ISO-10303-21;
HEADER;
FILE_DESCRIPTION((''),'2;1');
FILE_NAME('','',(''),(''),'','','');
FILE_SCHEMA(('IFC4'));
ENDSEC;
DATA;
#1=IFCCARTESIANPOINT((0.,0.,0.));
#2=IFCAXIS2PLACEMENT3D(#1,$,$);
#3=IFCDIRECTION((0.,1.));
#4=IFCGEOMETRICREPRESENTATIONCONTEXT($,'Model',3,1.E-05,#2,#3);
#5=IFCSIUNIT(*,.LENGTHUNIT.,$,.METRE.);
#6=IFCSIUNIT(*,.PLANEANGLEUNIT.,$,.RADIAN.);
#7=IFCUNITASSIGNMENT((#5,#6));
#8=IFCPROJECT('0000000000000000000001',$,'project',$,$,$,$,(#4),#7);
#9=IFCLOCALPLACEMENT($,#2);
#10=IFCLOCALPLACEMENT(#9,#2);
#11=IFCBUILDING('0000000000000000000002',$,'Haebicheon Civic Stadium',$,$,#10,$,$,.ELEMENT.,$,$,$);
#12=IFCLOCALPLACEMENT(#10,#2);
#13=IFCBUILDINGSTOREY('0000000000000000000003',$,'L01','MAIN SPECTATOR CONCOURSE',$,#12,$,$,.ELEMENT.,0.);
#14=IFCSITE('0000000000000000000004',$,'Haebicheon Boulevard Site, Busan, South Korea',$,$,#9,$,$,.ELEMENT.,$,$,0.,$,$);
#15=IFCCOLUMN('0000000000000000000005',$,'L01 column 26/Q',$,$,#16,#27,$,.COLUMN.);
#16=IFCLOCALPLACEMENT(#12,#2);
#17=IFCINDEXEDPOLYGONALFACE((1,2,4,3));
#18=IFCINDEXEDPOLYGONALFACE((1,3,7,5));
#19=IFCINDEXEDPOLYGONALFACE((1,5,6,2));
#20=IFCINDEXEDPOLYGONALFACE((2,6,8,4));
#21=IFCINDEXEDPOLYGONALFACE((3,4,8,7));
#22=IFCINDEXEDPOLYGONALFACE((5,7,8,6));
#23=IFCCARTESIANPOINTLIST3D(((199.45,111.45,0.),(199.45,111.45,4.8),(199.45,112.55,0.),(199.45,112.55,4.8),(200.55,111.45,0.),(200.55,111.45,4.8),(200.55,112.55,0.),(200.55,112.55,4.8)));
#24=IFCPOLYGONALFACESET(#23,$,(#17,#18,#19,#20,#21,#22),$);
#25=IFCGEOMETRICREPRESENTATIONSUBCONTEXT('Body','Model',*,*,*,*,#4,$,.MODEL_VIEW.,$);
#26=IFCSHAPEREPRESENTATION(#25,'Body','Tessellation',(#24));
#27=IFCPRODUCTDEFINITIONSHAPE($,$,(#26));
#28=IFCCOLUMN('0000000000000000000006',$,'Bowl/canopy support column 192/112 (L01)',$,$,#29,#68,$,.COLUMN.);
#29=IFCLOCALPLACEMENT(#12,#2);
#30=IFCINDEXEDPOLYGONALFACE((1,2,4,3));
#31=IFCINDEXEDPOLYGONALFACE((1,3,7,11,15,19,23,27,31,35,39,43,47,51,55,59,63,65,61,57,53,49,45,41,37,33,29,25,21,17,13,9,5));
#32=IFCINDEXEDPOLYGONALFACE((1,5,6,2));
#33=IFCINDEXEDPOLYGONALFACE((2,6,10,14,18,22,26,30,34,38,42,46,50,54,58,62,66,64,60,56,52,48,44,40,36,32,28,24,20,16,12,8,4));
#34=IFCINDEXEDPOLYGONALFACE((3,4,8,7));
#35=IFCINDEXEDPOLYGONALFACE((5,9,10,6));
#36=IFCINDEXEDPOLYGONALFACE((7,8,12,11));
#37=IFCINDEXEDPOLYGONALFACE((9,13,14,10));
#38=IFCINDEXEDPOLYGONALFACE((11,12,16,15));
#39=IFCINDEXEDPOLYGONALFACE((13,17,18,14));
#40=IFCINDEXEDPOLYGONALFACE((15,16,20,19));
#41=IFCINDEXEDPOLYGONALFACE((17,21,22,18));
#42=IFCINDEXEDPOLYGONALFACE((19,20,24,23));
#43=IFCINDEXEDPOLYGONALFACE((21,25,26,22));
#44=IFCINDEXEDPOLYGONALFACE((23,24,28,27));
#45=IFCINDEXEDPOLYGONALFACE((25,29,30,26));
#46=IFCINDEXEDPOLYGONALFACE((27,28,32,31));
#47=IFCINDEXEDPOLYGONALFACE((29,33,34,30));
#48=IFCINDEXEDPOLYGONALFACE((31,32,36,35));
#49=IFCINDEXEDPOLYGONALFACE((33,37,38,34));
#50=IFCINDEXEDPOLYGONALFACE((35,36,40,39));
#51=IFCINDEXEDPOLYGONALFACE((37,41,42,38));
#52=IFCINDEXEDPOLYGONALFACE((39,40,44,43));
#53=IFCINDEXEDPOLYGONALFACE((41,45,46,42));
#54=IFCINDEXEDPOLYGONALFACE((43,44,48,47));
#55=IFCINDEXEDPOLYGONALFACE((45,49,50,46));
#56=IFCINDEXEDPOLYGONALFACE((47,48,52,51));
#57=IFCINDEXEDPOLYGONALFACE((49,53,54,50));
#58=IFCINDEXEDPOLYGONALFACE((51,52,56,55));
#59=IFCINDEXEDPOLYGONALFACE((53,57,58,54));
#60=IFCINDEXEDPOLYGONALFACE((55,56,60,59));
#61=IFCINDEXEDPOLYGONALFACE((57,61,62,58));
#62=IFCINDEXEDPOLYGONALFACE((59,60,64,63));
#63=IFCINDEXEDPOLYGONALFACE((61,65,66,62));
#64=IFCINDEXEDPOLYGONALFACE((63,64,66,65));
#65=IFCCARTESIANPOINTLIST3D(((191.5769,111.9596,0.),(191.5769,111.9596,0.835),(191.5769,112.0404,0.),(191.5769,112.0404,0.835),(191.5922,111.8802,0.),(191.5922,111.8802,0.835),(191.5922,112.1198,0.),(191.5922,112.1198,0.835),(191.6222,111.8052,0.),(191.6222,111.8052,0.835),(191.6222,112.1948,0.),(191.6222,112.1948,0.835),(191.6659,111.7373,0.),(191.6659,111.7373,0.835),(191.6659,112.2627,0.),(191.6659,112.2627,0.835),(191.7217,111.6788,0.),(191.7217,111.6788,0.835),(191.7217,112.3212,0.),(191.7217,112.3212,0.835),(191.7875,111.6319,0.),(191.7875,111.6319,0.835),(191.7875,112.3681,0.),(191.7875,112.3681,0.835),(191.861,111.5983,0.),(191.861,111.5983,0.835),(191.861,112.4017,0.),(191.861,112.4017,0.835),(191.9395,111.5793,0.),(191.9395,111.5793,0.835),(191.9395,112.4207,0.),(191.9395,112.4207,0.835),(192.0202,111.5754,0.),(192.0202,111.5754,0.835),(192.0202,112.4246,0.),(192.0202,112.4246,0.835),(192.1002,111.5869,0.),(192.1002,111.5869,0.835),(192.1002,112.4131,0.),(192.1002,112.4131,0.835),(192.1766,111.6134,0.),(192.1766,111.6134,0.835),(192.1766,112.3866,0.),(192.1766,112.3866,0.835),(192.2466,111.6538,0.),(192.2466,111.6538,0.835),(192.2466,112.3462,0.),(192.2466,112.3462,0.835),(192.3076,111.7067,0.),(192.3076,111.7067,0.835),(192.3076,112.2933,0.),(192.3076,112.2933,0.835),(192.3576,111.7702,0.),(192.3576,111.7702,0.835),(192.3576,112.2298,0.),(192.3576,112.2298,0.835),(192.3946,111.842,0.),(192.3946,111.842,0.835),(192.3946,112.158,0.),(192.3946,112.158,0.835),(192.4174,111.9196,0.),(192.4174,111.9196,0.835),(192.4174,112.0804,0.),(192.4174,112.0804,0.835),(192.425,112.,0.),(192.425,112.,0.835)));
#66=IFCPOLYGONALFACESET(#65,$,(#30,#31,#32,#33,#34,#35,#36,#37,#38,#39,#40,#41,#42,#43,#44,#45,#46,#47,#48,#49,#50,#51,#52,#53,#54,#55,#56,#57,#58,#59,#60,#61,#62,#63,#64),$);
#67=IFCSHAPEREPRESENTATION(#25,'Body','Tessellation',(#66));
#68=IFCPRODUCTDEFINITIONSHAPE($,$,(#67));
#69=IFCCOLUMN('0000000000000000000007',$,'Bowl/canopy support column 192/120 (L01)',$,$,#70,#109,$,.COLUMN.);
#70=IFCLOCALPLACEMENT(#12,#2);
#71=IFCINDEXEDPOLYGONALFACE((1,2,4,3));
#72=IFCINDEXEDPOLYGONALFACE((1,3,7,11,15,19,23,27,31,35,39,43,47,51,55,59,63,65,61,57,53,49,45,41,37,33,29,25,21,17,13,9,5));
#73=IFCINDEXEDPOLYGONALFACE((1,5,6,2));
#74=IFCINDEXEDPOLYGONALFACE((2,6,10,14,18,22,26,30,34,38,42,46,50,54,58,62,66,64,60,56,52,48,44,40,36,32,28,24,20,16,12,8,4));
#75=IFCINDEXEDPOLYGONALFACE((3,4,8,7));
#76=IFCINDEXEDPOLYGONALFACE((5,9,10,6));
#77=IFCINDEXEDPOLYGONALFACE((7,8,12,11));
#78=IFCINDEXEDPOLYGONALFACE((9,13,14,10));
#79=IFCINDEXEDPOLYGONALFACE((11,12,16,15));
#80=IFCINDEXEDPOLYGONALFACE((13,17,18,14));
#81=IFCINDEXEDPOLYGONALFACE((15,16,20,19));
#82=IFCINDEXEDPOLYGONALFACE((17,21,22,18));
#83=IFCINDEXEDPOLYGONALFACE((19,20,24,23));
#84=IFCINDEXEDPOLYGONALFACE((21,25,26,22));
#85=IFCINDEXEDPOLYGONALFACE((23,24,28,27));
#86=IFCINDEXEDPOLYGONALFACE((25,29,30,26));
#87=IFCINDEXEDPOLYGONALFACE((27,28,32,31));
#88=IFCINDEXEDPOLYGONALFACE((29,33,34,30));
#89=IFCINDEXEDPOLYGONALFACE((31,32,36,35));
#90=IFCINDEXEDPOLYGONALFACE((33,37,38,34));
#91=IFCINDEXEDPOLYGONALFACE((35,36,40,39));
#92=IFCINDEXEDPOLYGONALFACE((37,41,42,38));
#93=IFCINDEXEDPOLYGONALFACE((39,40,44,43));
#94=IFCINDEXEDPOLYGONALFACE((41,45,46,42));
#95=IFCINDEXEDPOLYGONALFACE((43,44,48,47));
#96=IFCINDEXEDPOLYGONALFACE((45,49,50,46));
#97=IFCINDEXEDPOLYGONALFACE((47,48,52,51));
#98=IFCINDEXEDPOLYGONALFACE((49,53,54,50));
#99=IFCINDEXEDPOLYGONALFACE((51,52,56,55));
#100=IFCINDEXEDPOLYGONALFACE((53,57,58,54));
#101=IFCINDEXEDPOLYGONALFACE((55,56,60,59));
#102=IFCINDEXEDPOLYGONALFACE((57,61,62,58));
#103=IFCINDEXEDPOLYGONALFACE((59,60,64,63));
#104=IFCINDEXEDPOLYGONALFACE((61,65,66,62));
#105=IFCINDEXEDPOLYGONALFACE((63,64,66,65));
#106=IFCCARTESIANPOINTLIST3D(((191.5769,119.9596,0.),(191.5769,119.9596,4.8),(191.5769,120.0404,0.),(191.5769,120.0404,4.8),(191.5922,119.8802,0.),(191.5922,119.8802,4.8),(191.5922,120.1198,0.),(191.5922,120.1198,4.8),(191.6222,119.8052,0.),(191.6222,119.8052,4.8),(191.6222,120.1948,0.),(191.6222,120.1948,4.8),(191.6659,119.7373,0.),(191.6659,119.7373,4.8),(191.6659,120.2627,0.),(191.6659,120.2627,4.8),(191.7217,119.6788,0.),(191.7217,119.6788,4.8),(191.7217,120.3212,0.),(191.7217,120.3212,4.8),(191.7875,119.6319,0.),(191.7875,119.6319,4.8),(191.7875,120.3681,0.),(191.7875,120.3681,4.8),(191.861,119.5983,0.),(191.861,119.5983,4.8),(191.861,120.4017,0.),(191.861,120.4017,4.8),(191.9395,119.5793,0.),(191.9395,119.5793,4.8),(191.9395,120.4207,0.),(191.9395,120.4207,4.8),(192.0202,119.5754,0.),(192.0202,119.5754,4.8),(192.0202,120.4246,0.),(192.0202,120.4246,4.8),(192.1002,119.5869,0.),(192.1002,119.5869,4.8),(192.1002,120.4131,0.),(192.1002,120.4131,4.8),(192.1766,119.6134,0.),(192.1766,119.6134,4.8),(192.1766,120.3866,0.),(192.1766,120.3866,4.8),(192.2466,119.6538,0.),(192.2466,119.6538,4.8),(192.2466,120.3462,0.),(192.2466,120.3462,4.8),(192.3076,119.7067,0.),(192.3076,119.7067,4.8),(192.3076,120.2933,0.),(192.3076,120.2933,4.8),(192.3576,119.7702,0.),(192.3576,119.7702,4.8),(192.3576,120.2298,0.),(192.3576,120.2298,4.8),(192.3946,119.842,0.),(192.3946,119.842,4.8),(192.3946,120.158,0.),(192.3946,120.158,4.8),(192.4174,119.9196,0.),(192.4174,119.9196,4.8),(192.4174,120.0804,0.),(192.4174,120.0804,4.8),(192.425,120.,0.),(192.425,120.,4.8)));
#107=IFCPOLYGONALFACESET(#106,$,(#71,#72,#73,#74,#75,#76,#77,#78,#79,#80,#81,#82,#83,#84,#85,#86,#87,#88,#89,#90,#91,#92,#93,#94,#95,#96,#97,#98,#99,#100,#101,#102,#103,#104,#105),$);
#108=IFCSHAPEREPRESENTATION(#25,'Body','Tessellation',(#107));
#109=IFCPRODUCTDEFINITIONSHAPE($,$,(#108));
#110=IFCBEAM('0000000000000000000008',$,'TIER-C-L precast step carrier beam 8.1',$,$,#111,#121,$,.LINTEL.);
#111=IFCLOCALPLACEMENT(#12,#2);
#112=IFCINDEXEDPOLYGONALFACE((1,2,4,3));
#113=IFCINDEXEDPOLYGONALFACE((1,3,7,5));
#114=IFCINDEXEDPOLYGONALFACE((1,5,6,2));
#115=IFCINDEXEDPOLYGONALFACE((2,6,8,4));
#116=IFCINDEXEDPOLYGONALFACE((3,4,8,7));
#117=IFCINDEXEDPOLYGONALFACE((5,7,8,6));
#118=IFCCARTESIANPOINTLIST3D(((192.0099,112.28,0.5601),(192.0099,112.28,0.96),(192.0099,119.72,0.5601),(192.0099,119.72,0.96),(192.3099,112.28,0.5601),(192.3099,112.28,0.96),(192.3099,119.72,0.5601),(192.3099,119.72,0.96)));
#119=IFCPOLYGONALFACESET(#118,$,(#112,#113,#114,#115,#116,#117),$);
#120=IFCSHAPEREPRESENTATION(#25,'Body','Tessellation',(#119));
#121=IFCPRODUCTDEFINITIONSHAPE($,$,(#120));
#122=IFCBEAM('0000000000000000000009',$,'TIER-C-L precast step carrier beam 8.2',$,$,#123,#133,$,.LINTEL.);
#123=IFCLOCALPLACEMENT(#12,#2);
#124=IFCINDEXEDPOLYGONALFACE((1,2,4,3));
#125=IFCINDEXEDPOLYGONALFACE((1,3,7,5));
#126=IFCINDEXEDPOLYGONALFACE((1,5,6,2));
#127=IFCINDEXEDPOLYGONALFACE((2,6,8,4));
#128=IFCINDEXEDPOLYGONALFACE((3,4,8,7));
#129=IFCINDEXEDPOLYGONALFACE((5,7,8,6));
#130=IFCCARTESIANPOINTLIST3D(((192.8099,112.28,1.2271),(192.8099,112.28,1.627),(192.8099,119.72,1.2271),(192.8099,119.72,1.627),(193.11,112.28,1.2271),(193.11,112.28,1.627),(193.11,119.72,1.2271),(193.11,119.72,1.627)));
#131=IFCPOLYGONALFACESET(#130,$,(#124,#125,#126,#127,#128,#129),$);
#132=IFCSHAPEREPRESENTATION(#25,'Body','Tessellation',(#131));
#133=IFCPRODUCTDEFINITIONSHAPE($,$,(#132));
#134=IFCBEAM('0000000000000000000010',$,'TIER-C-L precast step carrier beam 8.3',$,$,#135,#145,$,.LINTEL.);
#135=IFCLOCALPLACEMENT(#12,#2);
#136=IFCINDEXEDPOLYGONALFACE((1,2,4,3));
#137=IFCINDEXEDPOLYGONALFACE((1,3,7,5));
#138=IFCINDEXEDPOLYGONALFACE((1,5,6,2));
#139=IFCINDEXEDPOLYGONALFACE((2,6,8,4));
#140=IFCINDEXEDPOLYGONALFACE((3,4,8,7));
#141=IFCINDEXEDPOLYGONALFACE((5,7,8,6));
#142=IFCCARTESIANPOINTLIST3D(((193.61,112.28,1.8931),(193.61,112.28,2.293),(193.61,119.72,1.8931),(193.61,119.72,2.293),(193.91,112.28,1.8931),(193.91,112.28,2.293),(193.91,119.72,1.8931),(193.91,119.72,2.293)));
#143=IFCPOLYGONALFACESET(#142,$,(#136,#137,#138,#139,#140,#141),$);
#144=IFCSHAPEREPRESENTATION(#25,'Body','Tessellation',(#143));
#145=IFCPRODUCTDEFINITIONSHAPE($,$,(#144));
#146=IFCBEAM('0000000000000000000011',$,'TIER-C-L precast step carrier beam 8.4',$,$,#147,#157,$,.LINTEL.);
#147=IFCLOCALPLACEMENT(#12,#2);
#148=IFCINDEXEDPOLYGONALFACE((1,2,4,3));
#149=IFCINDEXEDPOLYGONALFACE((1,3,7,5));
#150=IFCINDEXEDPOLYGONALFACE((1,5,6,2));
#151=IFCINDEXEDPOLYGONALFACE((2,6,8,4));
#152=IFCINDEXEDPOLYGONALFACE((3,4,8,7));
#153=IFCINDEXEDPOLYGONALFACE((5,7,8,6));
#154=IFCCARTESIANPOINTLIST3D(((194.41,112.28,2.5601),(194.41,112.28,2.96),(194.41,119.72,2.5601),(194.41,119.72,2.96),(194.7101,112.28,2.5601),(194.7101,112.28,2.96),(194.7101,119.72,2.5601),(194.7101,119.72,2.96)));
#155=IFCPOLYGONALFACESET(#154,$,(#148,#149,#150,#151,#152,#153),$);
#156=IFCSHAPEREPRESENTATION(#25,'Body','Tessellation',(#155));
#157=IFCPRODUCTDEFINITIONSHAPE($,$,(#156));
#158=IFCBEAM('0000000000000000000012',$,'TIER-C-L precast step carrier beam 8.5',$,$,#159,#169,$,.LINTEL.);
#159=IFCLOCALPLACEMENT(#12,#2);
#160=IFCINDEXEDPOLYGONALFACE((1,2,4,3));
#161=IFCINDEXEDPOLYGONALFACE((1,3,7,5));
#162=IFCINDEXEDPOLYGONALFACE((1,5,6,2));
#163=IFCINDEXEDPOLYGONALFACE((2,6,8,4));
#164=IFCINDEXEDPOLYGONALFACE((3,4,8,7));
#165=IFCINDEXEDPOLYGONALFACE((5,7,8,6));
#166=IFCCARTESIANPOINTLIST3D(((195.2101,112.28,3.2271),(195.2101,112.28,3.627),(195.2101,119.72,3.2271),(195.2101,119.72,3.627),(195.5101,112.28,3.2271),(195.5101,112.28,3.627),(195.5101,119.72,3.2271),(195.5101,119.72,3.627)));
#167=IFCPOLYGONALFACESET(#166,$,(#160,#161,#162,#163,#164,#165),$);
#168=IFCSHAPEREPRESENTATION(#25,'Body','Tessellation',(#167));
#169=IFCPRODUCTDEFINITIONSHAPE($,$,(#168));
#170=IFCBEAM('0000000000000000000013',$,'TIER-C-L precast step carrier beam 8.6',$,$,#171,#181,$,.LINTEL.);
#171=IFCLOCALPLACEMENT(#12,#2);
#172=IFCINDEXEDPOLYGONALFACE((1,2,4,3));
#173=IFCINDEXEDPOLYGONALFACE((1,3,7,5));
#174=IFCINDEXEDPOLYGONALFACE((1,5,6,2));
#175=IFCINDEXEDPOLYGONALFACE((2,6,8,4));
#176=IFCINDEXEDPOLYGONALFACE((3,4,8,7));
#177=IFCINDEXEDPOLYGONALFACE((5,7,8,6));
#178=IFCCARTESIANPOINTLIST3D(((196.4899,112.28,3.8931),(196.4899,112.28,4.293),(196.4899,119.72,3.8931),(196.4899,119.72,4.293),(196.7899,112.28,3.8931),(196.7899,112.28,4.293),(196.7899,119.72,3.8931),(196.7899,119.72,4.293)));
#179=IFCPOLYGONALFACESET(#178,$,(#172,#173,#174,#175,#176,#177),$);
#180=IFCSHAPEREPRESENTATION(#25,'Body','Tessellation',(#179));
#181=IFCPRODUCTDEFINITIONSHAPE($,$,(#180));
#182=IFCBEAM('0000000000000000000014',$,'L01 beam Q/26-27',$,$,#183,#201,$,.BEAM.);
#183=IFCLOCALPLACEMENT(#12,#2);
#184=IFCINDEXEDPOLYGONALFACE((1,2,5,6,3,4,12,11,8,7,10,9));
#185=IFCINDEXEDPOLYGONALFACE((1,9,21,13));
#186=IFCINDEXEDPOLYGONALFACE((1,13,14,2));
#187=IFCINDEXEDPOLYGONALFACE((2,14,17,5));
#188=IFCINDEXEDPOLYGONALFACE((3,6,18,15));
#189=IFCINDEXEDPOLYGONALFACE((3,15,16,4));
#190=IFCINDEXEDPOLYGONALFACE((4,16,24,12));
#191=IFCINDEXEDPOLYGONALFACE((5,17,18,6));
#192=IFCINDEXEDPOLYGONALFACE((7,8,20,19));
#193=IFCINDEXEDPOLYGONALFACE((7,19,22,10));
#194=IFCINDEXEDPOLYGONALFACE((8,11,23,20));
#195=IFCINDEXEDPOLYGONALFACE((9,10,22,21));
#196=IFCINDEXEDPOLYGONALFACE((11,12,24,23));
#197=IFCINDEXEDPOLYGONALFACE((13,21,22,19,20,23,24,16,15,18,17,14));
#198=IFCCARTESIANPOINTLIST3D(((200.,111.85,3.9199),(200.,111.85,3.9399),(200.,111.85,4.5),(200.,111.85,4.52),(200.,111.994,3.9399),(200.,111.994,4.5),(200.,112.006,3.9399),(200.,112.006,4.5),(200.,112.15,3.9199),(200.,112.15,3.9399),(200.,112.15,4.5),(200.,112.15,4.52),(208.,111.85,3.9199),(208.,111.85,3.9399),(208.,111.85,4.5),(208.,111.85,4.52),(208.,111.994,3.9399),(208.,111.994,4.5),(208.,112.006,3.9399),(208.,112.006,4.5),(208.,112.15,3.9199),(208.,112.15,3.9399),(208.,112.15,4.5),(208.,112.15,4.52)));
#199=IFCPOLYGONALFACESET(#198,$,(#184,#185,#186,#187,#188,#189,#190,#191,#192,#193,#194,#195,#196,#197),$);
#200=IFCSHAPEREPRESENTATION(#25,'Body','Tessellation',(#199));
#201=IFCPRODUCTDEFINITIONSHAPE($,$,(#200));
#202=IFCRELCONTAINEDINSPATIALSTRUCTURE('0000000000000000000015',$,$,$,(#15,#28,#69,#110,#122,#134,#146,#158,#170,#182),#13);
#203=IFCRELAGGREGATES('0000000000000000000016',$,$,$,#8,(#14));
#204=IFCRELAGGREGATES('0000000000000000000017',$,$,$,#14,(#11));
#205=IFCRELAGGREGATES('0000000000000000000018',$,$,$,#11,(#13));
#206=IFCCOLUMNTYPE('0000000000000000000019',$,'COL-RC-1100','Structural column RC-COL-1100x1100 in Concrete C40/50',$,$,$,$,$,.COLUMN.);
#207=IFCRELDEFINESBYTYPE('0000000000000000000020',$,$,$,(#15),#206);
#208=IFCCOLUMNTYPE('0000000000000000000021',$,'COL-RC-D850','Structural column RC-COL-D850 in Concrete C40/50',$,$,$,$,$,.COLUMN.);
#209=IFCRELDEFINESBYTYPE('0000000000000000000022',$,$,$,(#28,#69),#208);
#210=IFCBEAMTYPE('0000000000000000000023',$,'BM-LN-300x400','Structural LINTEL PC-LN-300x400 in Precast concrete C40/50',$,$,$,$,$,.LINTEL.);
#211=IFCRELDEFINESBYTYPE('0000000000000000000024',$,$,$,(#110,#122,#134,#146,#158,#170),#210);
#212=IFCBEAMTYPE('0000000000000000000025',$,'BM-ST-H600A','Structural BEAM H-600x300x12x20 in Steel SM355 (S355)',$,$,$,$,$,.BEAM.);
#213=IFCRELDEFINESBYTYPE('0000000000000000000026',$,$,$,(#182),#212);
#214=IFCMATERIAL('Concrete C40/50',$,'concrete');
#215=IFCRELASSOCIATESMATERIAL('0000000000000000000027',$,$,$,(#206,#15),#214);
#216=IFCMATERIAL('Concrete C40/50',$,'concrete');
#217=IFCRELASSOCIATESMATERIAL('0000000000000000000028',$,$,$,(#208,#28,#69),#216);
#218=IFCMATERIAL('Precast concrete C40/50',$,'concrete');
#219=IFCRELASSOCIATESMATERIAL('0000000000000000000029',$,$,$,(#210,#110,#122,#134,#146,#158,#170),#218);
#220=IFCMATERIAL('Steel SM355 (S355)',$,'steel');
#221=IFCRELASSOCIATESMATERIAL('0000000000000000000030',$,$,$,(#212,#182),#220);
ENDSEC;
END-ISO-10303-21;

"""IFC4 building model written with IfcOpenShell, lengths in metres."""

from ifc_helpers import new_model, si_unit, direction, frame, origin, origin_2d, place, context, subcontext, project, spatial, rectangle, circle, i_section, extrude, material, material_profile, profile_set, type_object, element, save


model = new_model("IFC4")

# Units and contexts
model_context = context("Model", 3, precision=1e-05, world=origin(), true_north=direction((0.0, 1.0)))
body_context = subcontext(model_context, "Body", "Model", "MODEL_VIEW")
ifc_project = project(units=[si_unit("LENGTHUNIT", "METRE"), si_unit("PLANEANGLEUNIT", "RADIAN")], contexts=[model_context])

# Site, building, storey
site_placement = place(None, origin())
site = spatial("IfcSite", under=ifc_project, at=site_placement, Name="Haebicheon Boulevard Site, Busan, South Korea", CompositionType="ELEMENT", RefElevation=0.0)
building_placement = place(site_placement, origin())
building = spatial("IfcBuilding", under=site, at=building_placement, Name="Haebicheon Civic Stadium", CompositionType="ELEMENT")
storey_placement = place(building_placement, origin())
storey = spatial("IfcBuildingStorey", under=building, at=storey_placement, Name="L01", Description="MAIN SPECTATOR CONCOURSE", CompositionType="ELEMENT", Elevation=0.0)

# Columns
ifc_material_1 = material(Name="Concrete C40/50", Category="concrete")
ifc_material_profile_1 = material_profile(ifc_material_1, rectangle(XDim=1.1001, YDim=1.1001, at=origin_2d()), Name="RC-COL-1100x1100")
ifc_profile_set_1 = profile_set([ifc_material_profile_1], Name="Concrete C40/50")
column_type_1 = type_object("IfcColumnType", Name="COL-RC-1100", Description="Structural column RC-COL-1100x1100 in Concrete C40/50", PredefinedType="COLUMN", material=ifc_profile_set_1)
column_1_placement = place(storey_placement, frame((200.0, 112.0, 0.0), z_axis=(0.0, 0.0, 1.0), x_axis=(1.0, 0.0, 0.0)))
element("IfcColumn", 1, at=column_1_placement, inside=storey, type_object=column_type_1, material=ifc_profile_set_1, Name="L01 column 26/Q", PredefinedType="COLUMN", context=body_context, shape_type="SweptSolid", body=[
    extrude(rectangle(XDim=1.1001, YDim=1.1001, at=origin_2d()), origin(), (0.0, 0.0, 1.0), 4.8),
])
ifc_material_2 = material(Name="Concrete C40/50", Category="concrete")
ifc_material_profile_2 = material_profile(ifc_material_2, circle(Radius=0.425, at=origin_2d()), Name="RC-COL-D850")
ifc_profile_set_2 = profile_set([ifc_material_profile_2], Name="Concrete C40/50")
column_type_2 = type_object("IfcColumnType", Name="COL-RC-D850", Description="Structural column RC-COL-D850 in Concrete C40/50", PredefinedType="COLUMN", material=ifc_profile_set_2)
column_2_placement = place(storey_placement, frame((192.0, 112.0, 0.0), z_axis=(0.0, 0.0, 1.0), x_axis=(1.0, 0.0, 0.0)))
element("IfcColumn", 2, at=column_2_placement, inside=storey, type_object=column_type_2, material=ifc_profile_set_2, Name="Bowl/canopy support column 192/112 (L01)", PredefinedType="COLUMN", context=body_context, shape_type="SweptSolid", body=[
    extrude(circle(Radius=0.425, at=origin_2d()), origin(), (0.0, 0.0, 1.0), 0.835),
])
column_3_placement = place(storey_placement, frame((192.0, 120.0, 0.0), z_axis=(0.0, 0.0, 1.0), x_axis=(1.0, 0.0, 0.0)))
element("IfcColumn", 3, at=column_3_placement, inside=storey, type_object=column_type_2, material=ifc_profile_set_2, Name="Bowl/canopy support column 192/120 (L01)", PredefinedType="COLUMN", context=body_context, shape_type="SweptSolid", body=[
    extrude(circle(Radius=0.425, at=origin_2d()), origin(), (0.0, 0.0, 1.0), 4.8),
])

# Beams
ifc_material_3 = material(Name="Precast concrete C40/50", Category="concrete")
ifc_material_profile_3 = material_profile(ifc_material_3, rectangle(XDim=0.3, YDim=0.3999, at=origin_2d()), Name="PC-LN-300x400")
ifc_profile_set_3 = profile_set([ifc_material_profile_3], Name="Precast concrete C40/50")
beam_type_1 = type_object("IfcBeamType", Name="BM-LN-300x400", Description="Structural LINTEL PC-LN-300x400 in Precast concrete C40/50", PredefinedType="LINTEL", material=ifc_profile_set_3)
for number, where, z_axis, x_axis, name in (
    (4, (192.1599, 112.28, 0.76), (0.0, 1.0, 0.0), (-1.0, 0.0, 0.0), "TIER-C-L precast step carrier beam 8.1"),
    (5, (192.96, 112.28, 1.427), (0.0, 1.0, 0.0), (-1.0, 0.0, 0.0), "TIER-C-L precast step carrier beam 8.2"),
    (6, (193.76, 112.28, 2.093), (0.0, 1.0, 0.0), (-1.0, 0.0, 0.0), "TIER-C-L precast step carrier beam 8.3"),
    (7, (194.5601, 112.28, 2.76), (0.0, 1.0, 0.0), (-1.0, 0.0, 0.0), "TIER-C-L precast step carrier beam 8.4"),
    (8, (195.3601, 112.28, 3.427), (0.0, 1.0, 0.0), (-1.0, 0.0, 0.0), "TIER-C-L precast step carrier beam 8.5"),
    (9, (196.6399, 112.28, 4.093), (0.0, 1.0, 0.0), (-1.0, 0.0, 0.0), "TIER-C-L precast step carrier beam 8.6"),
):
    element("IfcBeam", number, at=place(storey_placement, frame(where, z_axis=z_axis, x_axis=x_axis)), inside=storey, type_object=beam_type_1, material=ifc_profile_set_3, Name=name, PredefinedType="LINTEL", context=body_context, shape_type="SweptSolid", body=[
        extrude(rectangle(XDim=0.3, YDim=0.3999, at=origin_2d()), origin(), (0.0, 0.0, 1.0), 7.4399),
    ])
ifc_material_4 = material(Name="Steel SM355 (S355)", Category="steel")
ifc_material_profile_4 = material_profile(ifc_material_4, i_section(OverallWidth=0.3, OverallDepth=0.6001, WebThickness=0.012, FlangeThickness=0.02, at=origin_2d()), Name="H-600x300x12x20")
ifc_profile_set_4 = profile_set([ifc_material_profile_4], Name="Steel SM355 (S355)")
beam_type_2 = type_object("IfcBeamType", Name="BM-ST-H600A", Description="Structural BEAM H-600x300x12x20 in Steel SM355 (S355)", PredefinedType="BEAM", material=ifc_profile_set_4)
beam_1_placement = place(storey_placement, frame((200.0, 112.0, 4.22), z_axis=(1.0, 0.0, 0.0), x_axis=(0.0, 1.0, 0.0)))
element("IfcBeam", 10, at=beam_1_placement, inside=storey, type_object=beam_type_2, material=ifc_profile_set_4, Name="L01 beam Q/26-27", PredefinedType="BEAM", context=body_context, shape_type="SweptSolid", body=[
    extrude(i_section(OverallWidth=0.3, OverallDepth=0.6001, WebThickness=0.012, FlangeThickness=0.02, at=origin_2d()), origin(), (0.0, 0.0, 1.0), 8.0),
])

save(model, "model.ifc")
